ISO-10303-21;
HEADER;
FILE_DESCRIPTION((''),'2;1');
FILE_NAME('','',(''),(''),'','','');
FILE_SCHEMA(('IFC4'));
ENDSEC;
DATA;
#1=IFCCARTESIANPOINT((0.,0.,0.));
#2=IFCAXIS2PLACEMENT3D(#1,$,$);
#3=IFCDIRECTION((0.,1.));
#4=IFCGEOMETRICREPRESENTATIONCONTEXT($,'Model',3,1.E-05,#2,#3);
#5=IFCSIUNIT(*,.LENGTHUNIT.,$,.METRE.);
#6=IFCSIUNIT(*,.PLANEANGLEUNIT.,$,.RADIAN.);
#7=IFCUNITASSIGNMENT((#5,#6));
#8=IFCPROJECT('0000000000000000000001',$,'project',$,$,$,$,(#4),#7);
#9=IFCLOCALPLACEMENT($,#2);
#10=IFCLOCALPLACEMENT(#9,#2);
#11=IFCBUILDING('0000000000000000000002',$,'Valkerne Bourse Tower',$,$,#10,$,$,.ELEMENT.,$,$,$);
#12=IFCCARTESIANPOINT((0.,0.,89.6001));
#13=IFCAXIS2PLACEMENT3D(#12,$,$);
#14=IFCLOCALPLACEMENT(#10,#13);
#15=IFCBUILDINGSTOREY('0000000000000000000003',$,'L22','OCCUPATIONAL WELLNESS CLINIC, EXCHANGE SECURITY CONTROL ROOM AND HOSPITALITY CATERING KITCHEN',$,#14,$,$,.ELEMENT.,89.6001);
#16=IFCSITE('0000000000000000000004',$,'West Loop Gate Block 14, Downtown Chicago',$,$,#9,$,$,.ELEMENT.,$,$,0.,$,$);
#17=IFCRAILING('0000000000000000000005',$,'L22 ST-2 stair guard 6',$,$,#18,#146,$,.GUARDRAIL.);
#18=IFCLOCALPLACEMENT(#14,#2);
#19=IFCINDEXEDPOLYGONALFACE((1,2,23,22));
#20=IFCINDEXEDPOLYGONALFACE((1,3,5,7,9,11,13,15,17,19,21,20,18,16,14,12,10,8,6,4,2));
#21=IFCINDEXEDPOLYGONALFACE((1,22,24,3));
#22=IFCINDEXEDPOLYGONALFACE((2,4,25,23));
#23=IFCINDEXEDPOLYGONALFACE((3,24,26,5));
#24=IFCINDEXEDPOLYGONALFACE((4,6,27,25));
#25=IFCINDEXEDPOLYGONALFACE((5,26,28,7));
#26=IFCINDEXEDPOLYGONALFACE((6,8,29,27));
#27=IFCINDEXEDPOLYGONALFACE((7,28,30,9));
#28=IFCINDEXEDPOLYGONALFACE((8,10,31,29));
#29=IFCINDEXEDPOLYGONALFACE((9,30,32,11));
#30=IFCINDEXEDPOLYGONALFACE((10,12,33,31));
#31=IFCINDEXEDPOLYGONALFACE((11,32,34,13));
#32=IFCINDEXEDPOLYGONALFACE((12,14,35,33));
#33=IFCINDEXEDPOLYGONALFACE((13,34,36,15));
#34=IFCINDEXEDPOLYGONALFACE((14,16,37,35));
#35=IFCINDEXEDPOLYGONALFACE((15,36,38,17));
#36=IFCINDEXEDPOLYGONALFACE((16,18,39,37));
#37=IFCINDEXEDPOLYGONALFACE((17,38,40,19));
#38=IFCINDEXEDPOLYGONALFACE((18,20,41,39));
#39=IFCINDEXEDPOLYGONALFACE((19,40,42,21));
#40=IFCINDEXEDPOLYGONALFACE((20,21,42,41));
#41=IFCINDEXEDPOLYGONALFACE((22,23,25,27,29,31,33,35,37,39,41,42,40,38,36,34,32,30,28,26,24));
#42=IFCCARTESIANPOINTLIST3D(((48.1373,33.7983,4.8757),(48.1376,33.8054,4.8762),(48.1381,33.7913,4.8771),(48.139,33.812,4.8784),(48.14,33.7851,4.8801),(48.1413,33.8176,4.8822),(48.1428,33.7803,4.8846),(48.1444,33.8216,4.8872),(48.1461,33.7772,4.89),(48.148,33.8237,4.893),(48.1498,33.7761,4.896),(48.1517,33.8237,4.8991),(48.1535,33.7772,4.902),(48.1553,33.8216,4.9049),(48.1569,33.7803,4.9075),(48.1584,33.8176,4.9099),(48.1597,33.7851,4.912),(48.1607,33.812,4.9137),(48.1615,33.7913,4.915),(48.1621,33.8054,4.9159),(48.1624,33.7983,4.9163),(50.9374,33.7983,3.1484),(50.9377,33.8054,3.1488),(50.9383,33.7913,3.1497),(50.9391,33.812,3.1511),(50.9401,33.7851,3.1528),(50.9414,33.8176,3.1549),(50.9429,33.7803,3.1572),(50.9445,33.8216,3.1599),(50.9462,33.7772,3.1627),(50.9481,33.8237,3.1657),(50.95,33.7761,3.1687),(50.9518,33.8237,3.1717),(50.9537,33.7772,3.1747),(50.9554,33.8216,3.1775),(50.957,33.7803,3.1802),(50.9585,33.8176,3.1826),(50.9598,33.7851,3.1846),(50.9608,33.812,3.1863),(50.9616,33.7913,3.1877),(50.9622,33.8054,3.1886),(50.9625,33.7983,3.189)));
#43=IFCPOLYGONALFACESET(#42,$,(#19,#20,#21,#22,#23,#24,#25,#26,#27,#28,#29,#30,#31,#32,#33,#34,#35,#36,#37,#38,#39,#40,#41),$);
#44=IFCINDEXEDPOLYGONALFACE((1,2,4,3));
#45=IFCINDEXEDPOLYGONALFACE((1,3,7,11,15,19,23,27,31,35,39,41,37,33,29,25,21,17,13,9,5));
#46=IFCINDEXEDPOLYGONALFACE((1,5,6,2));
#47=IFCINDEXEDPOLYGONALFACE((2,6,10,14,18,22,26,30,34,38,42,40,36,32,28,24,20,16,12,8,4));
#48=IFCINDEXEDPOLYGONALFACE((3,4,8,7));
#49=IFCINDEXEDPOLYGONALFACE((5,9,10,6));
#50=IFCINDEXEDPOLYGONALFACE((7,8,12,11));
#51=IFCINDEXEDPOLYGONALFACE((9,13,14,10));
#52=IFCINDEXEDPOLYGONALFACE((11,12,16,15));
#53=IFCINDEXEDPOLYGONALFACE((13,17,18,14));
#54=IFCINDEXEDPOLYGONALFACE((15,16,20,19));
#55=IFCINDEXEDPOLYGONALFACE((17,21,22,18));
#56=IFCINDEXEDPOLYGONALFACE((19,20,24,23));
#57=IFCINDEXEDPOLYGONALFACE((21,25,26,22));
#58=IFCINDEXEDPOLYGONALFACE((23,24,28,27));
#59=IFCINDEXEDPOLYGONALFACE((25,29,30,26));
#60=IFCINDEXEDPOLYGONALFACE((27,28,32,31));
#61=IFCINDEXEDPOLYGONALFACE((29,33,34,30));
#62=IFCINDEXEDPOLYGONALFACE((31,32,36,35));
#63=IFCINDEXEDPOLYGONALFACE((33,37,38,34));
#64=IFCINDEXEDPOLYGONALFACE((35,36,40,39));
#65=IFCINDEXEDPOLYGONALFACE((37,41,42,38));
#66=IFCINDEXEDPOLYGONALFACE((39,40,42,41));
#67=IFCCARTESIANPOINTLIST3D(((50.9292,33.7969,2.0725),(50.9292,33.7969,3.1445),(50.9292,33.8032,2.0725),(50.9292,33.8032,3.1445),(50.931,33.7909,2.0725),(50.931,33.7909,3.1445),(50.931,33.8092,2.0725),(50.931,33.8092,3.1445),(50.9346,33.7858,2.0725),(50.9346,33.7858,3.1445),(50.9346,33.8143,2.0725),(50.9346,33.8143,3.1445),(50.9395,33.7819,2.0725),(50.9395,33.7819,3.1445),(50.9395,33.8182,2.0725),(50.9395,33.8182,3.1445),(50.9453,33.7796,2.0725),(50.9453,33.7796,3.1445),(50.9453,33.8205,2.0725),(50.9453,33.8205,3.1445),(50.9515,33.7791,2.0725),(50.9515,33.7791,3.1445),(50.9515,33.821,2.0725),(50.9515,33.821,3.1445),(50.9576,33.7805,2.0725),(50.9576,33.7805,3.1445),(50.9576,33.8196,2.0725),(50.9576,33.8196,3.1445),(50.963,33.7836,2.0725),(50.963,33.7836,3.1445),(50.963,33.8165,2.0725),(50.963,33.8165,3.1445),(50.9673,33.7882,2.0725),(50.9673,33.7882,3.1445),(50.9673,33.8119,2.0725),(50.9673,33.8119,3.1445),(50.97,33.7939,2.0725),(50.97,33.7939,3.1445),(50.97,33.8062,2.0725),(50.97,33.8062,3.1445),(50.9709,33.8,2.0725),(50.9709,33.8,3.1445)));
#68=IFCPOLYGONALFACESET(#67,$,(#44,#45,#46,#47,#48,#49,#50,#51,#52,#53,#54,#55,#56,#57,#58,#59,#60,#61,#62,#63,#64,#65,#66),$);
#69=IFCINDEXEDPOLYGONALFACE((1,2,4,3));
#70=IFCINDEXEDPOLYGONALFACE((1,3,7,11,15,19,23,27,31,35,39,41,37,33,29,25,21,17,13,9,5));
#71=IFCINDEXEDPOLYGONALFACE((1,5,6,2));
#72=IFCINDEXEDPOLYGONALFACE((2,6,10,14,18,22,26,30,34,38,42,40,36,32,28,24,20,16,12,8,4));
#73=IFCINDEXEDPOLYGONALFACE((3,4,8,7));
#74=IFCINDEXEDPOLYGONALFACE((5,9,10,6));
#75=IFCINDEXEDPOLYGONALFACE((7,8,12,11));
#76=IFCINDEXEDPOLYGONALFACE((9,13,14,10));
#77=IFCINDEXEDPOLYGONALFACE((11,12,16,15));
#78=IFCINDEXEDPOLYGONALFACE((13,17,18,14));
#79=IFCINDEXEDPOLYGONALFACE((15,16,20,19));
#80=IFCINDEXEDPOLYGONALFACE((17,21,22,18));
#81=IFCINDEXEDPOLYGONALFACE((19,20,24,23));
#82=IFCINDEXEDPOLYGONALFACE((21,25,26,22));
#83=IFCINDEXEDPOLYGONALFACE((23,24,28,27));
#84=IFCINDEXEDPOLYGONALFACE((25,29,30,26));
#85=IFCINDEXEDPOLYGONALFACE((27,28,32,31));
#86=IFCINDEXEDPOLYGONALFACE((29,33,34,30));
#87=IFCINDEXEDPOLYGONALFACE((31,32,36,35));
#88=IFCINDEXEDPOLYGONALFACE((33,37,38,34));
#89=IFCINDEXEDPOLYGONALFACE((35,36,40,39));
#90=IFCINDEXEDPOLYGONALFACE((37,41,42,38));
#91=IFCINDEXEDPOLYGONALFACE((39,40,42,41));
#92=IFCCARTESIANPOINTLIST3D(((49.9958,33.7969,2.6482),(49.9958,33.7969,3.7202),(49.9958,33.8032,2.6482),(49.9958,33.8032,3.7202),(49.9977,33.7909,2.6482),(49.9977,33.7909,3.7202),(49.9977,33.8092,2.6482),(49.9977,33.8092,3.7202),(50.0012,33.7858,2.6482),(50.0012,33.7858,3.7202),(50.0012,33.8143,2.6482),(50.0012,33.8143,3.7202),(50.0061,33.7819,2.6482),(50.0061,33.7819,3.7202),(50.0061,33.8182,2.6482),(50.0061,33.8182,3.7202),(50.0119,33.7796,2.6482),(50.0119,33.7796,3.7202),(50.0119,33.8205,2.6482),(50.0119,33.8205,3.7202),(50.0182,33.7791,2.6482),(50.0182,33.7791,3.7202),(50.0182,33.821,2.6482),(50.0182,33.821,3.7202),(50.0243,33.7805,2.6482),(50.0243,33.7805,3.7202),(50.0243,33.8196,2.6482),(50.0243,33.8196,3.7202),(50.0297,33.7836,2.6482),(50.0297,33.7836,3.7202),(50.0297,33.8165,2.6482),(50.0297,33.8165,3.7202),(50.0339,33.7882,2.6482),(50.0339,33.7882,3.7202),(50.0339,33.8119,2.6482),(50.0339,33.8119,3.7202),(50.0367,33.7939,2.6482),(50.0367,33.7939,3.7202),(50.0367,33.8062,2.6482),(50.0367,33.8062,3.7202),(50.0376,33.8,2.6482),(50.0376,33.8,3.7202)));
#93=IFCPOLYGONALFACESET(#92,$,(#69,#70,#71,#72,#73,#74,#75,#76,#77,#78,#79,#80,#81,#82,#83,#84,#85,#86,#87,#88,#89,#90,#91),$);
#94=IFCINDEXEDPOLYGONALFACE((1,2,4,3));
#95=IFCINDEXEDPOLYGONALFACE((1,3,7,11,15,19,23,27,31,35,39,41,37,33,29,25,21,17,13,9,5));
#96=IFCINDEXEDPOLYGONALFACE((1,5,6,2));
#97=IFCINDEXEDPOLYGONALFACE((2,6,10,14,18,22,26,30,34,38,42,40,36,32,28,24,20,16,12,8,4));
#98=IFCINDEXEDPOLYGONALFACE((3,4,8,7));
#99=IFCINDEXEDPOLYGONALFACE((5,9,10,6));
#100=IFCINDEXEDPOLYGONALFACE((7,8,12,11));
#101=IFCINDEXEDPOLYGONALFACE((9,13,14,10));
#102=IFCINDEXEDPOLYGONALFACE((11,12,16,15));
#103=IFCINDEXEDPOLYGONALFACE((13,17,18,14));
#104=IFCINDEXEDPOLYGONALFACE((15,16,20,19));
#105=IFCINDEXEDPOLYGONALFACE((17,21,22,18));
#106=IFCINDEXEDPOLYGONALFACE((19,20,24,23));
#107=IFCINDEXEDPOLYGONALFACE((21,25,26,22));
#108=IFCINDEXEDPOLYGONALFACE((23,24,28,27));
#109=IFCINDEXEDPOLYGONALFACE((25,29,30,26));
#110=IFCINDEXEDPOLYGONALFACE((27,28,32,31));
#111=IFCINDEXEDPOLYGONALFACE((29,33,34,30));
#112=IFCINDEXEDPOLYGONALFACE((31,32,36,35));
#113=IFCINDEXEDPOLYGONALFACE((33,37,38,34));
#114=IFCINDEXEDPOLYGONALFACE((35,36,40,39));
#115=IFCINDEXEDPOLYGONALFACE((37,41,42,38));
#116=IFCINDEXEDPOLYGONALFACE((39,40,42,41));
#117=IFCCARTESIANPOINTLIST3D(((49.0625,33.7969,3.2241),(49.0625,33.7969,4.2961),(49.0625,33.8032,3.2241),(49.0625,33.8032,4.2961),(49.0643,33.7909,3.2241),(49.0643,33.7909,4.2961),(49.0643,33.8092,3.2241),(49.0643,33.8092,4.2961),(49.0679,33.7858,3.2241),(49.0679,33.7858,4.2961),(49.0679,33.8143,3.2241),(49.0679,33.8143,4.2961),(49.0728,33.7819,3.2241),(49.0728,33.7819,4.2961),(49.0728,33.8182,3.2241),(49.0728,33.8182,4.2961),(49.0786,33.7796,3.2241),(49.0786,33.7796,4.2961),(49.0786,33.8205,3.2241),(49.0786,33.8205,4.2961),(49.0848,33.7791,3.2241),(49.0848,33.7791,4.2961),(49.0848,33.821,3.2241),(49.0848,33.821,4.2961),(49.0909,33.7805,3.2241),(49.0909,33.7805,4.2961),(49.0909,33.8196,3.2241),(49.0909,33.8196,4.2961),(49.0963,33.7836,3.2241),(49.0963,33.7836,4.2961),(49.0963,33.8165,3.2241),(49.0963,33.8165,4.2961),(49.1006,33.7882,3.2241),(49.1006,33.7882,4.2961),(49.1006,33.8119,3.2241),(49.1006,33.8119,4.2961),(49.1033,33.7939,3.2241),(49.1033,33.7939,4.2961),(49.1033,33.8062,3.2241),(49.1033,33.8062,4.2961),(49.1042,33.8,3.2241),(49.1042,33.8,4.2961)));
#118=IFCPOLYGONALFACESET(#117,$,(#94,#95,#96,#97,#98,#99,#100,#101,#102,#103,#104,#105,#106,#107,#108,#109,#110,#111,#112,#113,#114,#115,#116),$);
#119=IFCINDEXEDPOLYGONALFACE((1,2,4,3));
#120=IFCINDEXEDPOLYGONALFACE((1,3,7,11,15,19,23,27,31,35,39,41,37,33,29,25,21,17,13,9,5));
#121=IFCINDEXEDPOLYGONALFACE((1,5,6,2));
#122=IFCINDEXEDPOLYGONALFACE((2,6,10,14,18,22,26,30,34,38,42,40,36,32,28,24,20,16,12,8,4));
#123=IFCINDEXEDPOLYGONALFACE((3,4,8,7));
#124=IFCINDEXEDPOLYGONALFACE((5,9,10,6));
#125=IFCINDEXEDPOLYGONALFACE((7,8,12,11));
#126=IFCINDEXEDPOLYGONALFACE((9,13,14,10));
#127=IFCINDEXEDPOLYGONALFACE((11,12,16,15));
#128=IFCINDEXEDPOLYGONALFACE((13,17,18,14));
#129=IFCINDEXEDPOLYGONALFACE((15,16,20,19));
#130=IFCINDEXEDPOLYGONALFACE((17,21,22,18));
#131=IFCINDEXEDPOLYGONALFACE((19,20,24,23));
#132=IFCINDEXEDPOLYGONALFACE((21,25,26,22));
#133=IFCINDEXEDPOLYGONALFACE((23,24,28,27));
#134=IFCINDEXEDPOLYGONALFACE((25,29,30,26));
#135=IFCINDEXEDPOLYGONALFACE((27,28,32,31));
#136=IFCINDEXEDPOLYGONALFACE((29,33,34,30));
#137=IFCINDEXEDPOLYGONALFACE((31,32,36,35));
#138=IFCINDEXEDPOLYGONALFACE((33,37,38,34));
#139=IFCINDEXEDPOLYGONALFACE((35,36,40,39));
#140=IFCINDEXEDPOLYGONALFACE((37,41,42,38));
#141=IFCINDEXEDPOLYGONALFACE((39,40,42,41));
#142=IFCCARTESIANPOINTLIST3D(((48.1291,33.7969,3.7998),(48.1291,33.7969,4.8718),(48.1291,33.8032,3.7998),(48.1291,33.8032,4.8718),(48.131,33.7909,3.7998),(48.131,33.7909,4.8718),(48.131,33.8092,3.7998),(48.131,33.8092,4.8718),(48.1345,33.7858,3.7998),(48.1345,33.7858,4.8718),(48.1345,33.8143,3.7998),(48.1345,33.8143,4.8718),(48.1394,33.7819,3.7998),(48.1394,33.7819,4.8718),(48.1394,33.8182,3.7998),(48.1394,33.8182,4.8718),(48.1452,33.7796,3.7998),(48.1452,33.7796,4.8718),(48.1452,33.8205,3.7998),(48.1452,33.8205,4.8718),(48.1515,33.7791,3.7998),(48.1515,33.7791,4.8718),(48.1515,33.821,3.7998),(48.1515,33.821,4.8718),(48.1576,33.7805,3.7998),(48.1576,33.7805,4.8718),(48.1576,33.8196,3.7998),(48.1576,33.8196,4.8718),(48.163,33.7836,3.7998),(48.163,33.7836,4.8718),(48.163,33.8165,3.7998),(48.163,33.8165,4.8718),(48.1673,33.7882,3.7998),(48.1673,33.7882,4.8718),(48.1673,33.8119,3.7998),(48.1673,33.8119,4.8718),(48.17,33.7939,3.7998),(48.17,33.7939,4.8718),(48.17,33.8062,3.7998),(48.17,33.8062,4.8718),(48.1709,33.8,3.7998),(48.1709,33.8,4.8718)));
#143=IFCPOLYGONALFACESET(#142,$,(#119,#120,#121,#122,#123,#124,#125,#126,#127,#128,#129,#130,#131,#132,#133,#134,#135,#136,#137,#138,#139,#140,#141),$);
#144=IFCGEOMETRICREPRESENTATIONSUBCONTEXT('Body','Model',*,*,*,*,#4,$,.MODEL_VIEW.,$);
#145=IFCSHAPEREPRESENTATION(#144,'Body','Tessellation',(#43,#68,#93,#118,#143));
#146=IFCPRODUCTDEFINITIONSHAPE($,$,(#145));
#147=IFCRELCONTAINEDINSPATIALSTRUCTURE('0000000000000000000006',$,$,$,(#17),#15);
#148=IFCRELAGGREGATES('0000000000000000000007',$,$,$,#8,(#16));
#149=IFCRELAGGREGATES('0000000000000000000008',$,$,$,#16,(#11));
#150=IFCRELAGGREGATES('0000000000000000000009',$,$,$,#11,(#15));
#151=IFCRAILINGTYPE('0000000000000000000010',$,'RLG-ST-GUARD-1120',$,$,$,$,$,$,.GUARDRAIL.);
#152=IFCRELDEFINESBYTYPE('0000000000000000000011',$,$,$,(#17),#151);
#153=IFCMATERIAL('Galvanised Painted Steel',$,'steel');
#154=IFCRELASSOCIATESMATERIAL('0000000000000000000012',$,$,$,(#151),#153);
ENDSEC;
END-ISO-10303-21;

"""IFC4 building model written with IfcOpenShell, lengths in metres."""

from ifc_helpers import new_model, si_unit, direction, frame, origin, origin_2d, place, context, subcontext, project, spatial, circle, extrude, material, type_object, element, save


model = new_model("IFC4")

# Units and contexts
model_context = context("Model", 3, precision=1e-05, world=origin(), true_north=direction((0.0, 1.0)))
body_context = subcontext(model_context, "Body", "Model", "MODEL_VIEW")
ifc_project = project(units=[si_unit("LENGTHUNIT", "METRE"), si_unit("PLANEANGLEUNIT", "RADIAN")], contexts=[model_context])

# Site, building, storey
site_placement = place(None, origin())
site = spatial("IfcSite", under=ifc_project, at=site_placement, Name="West Loop Gate Block 14, Downtown Chicago", CompositionType="ELEMENT", RefElevation=0.0)
building_placement = place(site_placement, origin())
building = spatial("IfcBuilding", under=site, at=building_placement, Name="Valkerne Bourse Tower", CompositionType="ELEMENT")
storey_placement = place(building_placement, frame((0.0, 0.0, 89.6001)))
storey = spatial("IfcBuildingStorey", under=building, at=storey_placement, Name="L22", Description="OCCUPATIONAL WELLNESS CLINIC, EXCHANGE SECURITY CONTROL ROOM AND HOSPITALITY CATERING KITCHEN", CompositionType="ELEMENT", Elevation=89.6001)

# Railing
ifc_material_1 = material(Name="Galvanised Painted Steel", Category="steel")
railing_type_1 = type_object("IfcRailingType", Name="RLG-ST-GUARD-1120", PredefinedType="GUARDRAIL", material=ifc_material_1)
railing_1_placement = place(storey_placement, frame((50.95, 33.8, 2.0725)))
element("IfcRailing", 1, at=railing_1_placement, inside=storey, type_object=railing_type_1, Name="L22 ST-2 stair guard 6", PredefinedType="GUARDRAIL", context=body_context, shape_type="SweptSolid", body=[
    extrude(circle(Radius=0.0239, at=origin_2d()), frame((0.0, 0.0, 1.0962), z_axis=(-0.85109, 0.0, 0.52502), x_axis=(0.0, -1.0, 0.0)), (0.0, 0.0, 1.0), 3.29),
    extrude(circle(Radius=0.021, at=origin_2d()), origin(), (0.0, 0.0, 1.0), 1.072),
    extrude(circle(Radius=0.021, at=origin_2d()), frame((-0.9333, 0.0, 0.5757)), (0.0, 0.0, 1.0), 1.072),
    extrude(circle(Radius=0.021, at=origin_2d()), frame((-1.8667, 0.0, 1.1516)), (0.0, 0.0, 1.0), 1.072),
    extrude(circle(Radius=0.021, at=origin_2d()), frame((-2.8, 0.0, 1.7273)), (0.0, 0.0, 1.0), 1.072),
])

save(model, "model.ifc")
